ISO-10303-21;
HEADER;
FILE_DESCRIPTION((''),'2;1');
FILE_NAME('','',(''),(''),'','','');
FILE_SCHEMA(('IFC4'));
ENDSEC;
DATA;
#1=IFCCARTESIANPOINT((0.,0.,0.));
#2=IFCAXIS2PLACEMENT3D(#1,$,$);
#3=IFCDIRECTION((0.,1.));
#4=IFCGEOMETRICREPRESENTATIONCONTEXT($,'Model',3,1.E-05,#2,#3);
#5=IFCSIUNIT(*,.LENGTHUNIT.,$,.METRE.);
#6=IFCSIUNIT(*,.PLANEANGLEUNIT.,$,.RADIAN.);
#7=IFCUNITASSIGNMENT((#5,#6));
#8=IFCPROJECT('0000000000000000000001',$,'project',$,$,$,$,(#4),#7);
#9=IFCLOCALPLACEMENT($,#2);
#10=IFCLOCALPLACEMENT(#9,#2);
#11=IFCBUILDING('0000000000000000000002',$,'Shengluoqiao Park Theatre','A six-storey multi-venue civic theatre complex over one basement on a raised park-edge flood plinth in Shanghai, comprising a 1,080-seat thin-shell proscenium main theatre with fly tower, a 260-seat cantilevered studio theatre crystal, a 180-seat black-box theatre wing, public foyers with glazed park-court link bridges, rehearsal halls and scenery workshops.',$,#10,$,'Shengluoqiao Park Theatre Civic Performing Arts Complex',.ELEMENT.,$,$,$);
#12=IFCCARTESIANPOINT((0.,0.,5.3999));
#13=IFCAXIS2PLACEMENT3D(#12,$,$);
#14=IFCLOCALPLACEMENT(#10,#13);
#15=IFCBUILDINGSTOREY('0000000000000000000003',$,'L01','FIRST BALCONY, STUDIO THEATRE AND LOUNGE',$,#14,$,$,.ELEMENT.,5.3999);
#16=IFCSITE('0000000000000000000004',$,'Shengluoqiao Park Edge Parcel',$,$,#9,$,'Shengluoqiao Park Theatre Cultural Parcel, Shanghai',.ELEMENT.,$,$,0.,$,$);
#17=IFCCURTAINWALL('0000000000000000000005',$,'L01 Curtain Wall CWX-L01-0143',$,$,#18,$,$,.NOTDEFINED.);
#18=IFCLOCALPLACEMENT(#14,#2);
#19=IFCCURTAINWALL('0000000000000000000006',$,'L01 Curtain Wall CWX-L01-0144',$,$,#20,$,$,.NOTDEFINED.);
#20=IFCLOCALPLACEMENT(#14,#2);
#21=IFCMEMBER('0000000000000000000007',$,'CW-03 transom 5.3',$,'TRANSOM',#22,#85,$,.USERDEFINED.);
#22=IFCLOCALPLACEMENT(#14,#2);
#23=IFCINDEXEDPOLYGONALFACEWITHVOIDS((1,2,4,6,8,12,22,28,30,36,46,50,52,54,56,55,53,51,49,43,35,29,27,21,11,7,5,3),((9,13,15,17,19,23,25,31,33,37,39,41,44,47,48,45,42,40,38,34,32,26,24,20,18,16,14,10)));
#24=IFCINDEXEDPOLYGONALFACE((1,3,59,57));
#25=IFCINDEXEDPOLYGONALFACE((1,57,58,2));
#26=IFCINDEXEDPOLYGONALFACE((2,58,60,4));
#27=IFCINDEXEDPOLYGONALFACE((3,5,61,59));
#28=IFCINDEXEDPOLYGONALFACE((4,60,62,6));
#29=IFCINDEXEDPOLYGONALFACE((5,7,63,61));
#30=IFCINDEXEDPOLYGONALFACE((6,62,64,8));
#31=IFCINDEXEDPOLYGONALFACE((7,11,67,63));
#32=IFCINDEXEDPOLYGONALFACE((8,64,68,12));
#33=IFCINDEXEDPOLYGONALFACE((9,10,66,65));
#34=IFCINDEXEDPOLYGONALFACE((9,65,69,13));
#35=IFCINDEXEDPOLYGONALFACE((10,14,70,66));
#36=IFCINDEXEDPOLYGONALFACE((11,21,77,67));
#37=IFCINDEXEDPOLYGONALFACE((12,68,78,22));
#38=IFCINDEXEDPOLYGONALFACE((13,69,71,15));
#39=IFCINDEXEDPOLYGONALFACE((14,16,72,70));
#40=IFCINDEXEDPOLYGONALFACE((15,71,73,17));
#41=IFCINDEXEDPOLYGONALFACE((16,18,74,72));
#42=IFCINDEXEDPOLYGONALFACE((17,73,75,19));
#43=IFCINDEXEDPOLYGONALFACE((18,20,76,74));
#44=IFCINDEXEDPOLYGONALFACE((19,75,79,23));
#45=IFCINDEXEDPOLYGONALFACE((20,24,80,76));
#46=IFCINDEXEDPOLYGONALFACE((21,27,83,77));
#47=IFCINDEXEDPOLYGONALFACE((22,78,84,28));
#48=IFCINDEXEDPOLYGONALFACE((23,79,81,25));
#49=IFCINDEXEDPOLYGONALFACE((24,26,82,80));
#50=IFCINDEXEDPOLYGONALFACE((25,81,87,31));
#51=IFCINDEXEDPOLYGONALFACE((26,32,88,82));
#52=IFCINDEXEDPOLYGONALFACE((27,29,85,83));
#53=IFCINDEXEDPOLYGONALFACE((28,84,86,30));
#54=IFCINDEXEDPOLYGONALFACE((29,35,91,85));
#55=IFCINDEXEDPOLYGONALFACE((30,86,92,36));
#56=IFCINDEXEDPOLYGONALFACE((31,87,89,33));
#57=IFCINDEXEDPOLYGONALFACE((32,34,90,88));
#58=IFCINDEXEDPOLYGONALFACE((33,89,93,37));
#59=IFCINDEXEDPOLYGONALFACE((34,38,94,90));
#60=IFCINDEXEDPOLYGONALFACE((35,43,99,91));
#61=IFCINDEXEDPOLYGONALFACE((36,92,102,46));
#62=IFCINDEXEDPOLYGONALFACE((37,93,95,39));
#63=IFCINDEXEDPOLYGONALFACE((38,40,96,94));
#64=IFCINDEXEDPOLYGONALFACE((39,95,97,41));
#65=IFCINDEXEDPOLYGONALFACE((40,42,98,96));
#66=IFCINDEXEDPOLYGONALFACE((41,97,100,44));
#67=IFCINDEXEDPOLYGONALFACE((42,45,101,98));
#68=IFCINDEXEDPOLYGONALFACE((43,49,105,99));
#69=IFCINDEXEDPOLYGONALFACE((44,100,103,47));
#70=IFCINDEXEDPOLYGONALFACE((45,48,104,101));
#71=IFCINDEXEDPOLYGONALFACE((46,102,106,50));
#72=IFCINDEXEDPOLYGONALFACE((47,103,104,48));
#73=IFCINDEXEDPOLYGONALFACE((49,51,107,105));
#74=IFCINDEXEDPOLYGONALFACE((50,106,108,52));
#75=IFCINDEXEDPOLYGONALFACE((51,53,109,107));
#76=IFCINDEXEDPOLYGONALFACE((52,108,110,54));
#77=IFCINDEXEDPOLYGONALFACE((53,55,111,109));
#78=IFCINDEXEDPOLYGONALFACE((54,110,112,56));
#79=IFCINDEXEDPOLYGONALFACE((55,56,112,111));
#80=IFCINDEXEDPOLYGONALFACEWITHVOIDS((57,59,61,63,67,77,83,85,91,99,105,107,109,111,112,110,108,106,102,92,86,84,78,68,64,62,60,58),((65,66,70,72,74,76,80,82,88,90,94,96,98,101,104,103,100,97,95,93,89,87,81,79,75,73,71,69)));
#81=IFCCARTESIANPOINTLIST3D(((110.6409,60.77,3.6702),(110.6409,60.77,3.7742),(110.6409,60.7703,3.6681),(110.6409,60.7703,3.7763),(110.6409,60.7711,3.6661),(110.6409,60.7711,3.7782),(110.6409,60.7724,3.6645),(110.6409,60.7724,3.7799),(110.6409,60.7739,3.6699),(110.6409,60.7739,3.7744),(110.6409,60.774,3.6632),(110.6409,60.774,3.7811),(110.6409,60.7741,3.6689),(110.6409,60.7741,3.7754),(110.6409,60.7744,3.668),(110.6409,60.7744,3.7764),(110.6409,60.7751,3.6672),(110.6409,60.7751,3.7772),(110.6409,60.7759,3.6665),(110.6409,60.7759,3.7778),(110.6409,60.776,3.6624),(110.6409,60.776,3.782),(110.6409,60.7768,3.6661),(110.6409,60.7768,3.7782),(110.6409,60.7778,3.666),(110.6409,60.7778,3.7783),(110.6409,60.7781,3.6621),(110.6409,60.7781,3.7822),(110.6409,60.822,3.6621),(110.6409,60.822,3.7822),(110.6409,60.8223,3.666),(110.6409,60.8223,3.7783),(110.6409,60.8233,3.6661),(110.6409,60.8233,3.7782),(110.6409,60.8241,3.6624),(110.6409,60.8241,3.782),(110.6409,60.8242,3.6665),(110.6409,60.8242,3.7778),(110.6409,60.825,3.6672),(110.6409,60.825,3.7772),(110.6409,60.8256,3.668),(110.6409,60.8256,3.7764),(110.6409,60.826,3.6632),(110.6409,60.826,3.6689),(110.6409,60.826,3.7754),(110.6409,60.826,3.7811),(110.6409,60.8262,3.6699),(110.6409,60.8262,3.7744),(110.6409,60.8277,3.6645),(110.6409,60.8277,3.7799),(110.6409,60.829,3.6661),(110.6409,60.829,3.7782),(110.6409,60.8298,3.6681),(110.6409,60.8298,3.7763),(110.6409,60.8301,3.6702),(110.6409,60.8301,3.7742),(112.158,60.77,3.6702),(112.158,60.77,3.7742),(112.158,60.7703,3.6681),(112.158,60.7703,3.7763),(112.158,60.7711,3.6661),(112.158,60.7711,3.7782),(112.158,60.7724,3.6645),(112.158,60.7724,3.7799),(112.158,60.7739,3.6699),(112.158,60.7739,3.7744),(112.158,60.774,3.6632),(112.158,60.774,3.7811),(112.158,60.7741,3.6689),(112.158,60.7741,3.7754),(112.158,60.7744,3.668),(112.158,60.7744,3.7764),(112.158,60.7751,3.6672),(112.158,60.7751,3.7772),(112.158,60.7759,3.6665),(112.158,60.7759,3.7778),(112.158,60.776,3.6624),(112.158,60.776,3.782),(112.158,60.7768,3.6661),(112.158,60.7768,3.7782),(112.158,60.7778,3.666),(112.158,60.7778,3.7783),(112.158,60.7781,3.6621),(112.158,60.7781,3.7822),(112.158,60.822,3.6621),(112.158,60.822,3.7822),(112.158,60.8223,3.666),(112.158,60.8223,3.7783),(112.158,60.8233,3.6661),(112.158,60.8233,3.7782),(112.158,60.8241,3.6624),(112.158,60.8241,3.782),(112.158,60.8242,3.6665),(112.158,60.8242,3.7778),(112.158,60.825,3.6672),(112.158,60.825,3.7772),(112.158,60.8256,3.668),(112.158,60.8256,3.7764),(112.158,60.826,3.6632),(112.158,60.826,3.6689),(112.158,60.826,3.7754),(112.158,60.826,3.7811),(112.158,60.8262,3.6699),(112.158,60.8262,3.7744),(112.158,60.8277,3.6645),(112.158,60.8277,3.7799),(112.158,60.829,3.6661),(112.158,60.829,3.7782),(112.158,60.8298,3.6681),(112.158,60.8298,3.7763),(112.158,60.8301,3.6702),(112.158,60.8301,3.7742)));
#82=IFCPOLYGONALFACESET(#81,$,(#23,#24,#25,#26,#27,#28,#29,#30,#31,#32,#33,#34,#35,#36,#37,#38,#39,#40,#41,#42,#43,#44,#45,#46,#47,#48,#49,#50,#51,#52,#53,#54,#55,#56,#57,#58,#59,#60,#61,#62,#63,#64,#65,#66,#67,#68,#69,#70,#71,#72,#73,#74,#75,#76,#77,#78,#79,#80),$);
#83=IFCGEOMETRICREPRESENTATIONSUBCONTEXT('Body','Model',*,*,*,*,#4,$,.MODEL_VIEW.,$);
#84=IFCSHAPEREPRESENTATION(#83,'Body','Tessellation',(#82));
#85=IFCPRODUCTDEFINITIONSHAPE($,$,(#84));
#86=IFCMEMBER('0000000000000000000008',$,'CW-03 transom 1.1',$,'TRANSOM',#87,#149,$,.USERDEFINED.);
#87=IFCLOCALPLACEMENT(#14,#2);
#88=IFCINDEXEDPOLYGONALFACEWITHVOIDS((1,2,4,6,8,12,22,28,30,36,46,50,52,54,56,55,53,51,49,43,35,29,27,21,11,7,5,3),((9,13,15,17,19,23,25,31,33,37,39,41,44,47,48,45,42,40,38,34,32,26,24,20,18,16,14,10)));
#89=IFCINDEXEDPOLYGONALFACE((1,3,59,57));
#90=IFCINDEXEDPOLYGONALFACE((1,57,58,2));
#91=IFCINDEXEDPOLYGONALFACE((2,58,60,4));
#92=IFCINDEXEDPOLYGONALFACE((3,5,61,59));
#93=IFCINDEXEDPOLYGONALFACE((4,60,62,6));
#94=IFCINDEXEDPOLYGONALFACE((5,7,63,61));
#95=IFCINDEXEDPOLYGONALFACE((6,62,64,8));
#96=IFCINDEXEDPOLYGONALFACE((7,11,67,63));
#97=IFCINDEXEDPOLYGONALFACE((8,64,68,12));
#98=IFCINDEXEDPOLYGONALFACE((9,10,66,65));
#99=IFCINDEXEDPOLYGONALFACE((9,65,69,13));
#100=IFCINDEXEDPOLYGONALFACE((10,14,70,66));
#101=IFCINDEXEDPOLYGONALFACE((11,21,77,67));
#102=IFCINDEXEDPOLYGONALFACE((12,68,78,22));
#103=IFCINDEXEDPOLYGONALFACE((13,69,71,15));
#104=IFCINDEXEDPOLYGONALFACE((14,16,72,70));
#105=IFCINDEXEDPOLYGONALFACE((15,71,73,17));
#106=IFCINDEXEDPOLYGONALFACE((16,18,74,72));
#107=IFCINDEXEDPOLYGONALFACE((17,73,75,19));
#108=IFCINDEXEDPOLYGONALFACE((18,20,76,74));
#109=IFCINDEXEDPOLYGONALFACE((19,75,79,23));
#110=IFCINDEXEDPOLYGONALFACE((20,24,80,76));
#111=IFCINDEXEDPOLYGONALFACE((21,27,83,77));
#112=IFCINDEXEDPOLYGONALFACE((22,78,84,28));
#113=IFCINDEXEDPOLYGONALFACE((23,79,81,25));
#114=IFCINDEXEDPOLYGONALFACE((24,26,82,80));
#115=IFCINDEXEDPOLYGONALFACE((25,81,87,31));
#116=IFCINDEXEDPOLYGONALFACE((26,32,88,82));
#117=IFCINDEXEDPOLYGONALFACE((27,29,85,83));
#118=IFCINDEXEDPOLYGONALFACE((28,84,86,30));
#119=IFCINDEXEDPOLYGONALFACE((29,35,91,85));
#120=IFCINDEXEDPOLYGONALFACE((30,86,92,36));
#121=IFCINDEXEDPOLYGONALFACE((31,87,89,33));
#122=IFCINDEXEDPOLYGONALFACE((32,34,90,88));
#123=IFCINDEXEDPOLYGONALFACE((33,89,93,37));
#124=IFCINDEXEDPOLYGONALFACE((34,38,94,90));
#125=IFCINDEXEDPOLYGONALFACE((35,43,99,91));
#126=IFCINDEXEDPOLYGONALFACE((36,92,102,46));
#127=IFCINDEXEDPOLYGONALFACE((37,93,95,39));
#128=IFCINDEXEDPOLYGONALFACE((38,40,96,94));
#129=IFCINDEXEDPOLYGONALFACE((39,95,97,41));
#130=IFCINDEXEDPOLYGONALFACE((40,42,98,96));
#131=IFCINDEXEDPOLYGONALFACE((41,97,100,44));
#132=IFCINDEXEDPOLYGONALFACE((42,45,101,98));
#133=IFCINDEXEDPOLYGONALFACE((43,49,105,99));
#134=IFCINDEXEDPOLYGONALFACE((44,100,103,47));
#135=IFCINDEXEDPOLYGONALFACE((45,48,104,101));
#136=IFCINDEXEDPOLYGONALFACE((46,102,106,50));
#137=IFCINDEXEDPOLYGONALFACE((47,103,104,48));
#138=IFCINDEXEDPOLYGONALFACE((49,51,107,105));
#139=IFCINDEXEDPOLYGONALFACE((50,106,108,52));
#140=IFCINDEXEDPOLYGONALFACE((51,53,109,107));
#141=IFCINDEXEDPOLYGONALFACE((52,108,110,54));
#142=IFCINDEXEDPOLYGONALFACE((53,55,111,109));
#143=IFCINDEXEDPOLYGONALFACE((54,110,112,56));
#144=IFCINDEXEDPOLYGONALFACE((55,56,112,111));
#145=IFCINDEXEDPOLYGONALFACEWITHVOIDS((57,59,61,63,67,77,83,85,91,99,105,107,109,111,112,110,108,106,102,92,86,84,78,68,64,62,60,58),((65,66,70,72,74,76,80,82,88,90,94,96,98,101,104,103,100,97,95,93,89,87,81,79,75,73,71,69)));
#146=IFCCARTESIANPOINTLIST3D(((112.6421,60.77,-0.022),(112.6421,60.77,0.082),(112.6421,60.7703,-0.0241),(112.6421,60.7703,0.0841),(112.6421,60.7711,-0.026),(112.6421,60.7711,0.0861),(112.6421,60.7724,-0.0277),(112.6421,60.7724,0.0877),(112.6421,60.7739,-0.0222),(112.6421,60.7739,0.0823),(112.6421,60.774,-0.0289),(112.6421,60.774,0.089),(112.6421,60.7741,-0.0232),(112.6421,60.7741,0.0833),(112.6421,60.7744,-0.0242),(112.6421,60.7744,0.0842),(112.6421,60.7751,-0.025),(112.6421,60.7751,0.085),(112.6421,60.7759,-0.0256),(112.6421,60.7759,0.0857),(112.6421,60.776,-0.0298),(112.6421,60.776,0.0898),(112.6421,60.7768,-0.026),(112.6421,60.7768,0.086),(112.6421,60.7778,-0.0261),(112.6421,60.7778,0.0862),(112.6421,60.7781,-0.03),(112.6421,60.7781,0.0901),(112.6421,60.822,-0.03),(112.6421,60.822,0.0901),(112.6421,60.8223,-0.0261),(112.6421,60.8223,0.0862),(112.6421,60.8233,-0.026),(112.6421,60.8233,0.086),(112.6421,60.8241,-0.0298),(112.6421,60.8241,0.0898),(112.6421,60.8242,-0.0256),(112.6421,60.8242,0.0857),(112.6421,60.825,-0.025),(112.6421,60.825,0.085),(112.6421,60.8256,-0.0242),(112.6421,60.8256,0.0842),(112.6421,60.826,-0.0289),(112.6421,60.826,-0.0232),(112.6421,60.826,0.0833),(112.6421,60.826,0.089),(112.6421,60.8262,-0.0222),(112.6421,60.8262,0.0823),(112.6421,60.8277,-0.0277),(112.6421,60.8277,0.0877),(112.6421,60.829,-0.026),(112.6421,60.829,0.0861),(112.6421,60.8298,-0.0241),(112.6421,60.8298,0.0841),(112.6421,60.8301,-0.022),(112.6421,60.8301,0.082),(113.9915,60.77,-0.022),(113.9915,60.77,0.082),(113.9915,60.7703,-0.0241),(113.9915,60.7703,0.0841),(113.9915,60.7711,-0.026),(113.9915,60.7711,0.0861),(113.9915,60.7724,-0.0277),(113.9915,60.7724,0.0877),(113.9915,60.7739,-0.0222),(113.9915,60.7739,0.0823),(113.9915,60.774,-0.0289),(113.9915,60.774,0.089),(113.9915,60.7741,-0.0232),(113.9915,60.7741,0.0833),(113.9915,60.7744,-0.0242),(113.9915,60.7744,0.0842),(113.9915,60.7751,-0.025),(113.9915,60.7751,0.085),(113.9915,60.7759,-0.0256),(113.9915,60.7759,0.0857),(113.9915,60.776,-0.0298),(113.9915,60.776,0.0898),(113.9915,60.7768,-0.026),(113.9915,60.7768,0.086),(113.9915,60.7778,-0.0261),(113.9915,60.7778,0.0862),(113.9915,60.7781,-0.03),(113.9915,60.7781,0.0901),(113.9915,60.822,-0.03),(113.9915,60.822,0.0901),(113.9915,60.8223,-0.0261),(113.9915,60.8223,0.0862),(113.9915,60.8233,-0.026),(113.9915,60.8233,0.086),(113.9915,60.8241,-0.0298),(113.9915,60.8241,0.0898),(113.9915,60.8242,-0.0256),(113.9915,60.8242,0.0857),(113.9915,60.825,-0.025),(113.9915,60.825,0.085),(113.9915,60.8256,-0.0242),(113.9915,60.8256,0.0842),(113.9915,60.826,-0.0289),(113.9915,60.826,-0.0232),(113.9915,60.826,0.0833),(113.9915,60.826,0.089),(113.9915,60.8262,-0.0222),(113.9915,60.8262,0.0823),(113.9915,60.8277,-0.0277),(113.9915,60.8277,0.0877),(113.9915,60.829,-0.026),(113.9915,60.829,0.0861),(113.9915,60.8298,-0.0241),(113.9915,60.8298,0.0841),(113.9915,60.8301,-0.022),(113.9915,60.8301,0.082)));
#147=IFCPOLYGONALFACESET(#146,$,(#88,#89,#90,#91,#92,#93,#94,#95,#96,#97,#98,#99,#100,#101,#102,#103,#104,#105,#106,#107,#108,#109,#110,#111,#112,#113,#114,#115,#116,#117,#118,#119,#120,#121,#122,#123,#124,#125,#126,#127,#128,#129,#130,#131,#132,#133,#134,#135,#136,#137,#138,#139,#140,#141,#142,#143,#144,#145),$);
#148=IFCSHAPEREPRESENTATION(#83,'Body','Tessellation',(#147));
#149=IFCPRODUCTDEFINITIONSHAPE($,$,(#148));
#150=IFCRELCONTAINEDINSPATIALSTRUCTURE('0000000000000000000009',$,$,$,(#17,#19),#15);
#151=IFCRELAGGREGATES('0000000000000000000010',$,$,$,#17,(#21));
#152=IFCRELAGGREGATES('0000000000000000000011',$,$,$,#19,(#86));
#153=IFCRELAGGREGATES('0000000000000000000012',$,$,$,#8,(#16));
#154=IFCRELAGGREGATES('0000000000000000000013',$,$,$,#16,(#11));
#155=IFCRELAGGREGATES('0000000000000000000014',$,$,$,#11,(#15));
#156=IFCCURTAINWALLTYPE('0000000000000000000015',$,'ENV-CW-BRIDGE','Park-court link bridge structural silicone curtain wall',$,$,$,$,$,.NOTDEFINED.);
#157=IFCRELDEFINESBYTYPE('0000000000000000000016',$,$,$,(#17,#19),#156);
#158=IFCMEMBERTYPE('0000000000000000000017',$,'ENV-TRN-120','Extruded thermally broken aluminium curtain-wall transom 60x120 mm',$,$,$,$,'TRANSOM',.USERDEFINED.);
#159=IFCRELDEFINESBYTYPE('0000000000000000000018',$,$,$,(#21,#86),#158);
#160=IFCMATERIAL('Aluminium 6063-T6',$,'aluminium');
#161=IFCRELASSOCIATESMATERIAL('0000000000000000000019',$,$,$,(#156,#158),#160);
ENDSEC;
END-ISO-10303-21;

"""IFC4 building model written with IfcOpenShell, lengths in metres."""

from ifc_helpers import new_model, si_unit, direction, frame, origin, origin_2d, place, context, subcontext, project, spatial, hollow_rectangle, extrude, material, material_profile, profile_set, type_object, element, aggregate, save


model = new_model("IFC4")

# Units and contexts
model_context = context("Model", 3, precision=1e-05, world=origin(), true_north=direction((0.0, 1.0)))
body_context = subcontext(model_context, "Body", "Model", "MODEL_VIEW")
ifc_project = project(units=[si_unit("LENGTHUNIT", "METRE"), si_unit("PLANEANGLEUNIT", "RADIAN")], contexts=[model_context])

# Site, building, storey
site_placement = place(None, origin())
site = spatial("IfcSite", under=ifc_project, at=site_placement, Name="Shengluoqiao Park Edge Parcel", LongName="Shengluoqiao Park Theatre Cultural Parcel, Shanghai", CompositionType="ELEMENT", RefElevation=0.0)
building_placement = place(site_placement, origin())
building = spatial("IfcBuilding", under=site, at=building_placement, Name="Shengluoqiao Park Theatre", Description="A six-storey multi-venue civic theatre complex over one basement on a raised park-edge flood plinth in Shanghai, comprising a 1,080-seat thin-shell proscenium main theatre with fly tower, a 260-seat cantilevered studio theatre crystal, a 180-seat black-box theatre wing, public foyers with glazed park-court link bridges, rehearsal halls and scenery workshops.", LongName="Shengluoqiao Park Theatre Civic Performing Arts Complex", CompositionType="ELEMENT")
storey_placement = place(building_placement, frame((0.0, 0.0, 5.3999)))
storey = spatial("IfcBuildingStorey", under=building, at=storey_placement, Name="L01", Description="FIRST BALCONY, STUDIO THEATRE AND LOUNGE", CompositionType="ELEMENT", Elevation=5.3999)

# Curtain walls
ifc_material_1 = material(Name="Aluminium 6063-T6", Category="aluminium")
curtain_wall_type = type_object("IfcCurtainWallType", Name="ENV-CW-BRIDGE", Description="Park-court link bridge structural silicone curtain wall", PredefinedType="NOTDEFINED", material=ifc_material_1)
curtain_wall_1_placement = place(storey_placement, origin())
curtain_wall_1 = element("IfcCurtainWall", 1, at=curtain_wall_1_placement, inside=storey, type_object=curtain_wall_type, Name="L01 Curtain Wall CWX-L01-0143", PredefinedType="NOTDEFINED")
curtain_wall_2_placement = place(storey_placement, origin())
curtain_wall_2 = element("IfcCurtainWall", 2, at=curtain_wall_2_placement, inside=storey, type_object=curtain_wall_type, Name="L01 Curtain Wall CWX-L01-0144", PredefinedType="NOTDEFINED")

# Members
ifc_material_profile_1 = material_profile(ifc_material_1, hollow_rectangle(XDim=0.0601, YDim=0.1201, WallThickness=0.0039, InnerFilletRadius=0.0039, OuterFilletRadius=0.0081, at=origin_2d()), Name="ALU TRANSOM 120x60x4")
ifc_profile_set_1 = profile_set([ifc_material_profile_1], Name="Aluminium 6063-T6")
member_type_1 = type_object("IfcMemberType", Name="ENV-TRN-120", Description="Extruded thermally broken aluminium curtain-wall transom 60x120 mm", ElementType="TRANSOM", PredefinedType="USERDEFINED", material=ifc_profile_set_1)
member_1_placement = place(storey_placement, frame((110.6409, 60.8, 3.7222), z_axis=(1.0, 0.0, 0.0), x_axis=(0.0, 1.0, 0.0)))
member_1 = element("IfcMember", 3, at=member_1_placement, type_object=member_type_1, Name="CW-03 transom 5.3", ObjectType="TRANSOM", PredefinedType="USERDEFINED", context=body_context, shape_type="SweptSolid", body=[
    extrude(hollow_rectangle(XDim=0.0601, YDim=0.1201, WallThickness=0.0039, InnerFilletRadius=0.0039, OuterFilletRadius=0.0081, at=origin_2d()), origin(), (0.0, 0.0, 1.0), 1.5171),
])
member_2_placement = place(storey_placement, frame((112.6421, 60.8, 0.03), z_axis=(1.0, 0.0, 0.0), x_axis=(0.0, 1.0, 0.0)))
member_2 = element("IfcMember", 4, at=member_2_placement, type_object=member_type_1, Name="CW-03 transom 1.1", ObjectType="TRANSOM", PredefinedType="USERDEFINED", context=body_context, shape_type="SweptSolid", body=[
    extrude(hollow_rectangle(XDim=0.0601, YDim=0.1201, WallThickness=0.0039, InnerFilletRadius=0.0039, OuterFilletRadius=0.0081, at=origin_2d()), origin(), (0.0, 0.0, 1.0), 1.3494),
])

aggregate(curtain_wall_1, [member_1])
aggregate(curtain_wall_2, [member_2])

save(model, "model.ifc")
